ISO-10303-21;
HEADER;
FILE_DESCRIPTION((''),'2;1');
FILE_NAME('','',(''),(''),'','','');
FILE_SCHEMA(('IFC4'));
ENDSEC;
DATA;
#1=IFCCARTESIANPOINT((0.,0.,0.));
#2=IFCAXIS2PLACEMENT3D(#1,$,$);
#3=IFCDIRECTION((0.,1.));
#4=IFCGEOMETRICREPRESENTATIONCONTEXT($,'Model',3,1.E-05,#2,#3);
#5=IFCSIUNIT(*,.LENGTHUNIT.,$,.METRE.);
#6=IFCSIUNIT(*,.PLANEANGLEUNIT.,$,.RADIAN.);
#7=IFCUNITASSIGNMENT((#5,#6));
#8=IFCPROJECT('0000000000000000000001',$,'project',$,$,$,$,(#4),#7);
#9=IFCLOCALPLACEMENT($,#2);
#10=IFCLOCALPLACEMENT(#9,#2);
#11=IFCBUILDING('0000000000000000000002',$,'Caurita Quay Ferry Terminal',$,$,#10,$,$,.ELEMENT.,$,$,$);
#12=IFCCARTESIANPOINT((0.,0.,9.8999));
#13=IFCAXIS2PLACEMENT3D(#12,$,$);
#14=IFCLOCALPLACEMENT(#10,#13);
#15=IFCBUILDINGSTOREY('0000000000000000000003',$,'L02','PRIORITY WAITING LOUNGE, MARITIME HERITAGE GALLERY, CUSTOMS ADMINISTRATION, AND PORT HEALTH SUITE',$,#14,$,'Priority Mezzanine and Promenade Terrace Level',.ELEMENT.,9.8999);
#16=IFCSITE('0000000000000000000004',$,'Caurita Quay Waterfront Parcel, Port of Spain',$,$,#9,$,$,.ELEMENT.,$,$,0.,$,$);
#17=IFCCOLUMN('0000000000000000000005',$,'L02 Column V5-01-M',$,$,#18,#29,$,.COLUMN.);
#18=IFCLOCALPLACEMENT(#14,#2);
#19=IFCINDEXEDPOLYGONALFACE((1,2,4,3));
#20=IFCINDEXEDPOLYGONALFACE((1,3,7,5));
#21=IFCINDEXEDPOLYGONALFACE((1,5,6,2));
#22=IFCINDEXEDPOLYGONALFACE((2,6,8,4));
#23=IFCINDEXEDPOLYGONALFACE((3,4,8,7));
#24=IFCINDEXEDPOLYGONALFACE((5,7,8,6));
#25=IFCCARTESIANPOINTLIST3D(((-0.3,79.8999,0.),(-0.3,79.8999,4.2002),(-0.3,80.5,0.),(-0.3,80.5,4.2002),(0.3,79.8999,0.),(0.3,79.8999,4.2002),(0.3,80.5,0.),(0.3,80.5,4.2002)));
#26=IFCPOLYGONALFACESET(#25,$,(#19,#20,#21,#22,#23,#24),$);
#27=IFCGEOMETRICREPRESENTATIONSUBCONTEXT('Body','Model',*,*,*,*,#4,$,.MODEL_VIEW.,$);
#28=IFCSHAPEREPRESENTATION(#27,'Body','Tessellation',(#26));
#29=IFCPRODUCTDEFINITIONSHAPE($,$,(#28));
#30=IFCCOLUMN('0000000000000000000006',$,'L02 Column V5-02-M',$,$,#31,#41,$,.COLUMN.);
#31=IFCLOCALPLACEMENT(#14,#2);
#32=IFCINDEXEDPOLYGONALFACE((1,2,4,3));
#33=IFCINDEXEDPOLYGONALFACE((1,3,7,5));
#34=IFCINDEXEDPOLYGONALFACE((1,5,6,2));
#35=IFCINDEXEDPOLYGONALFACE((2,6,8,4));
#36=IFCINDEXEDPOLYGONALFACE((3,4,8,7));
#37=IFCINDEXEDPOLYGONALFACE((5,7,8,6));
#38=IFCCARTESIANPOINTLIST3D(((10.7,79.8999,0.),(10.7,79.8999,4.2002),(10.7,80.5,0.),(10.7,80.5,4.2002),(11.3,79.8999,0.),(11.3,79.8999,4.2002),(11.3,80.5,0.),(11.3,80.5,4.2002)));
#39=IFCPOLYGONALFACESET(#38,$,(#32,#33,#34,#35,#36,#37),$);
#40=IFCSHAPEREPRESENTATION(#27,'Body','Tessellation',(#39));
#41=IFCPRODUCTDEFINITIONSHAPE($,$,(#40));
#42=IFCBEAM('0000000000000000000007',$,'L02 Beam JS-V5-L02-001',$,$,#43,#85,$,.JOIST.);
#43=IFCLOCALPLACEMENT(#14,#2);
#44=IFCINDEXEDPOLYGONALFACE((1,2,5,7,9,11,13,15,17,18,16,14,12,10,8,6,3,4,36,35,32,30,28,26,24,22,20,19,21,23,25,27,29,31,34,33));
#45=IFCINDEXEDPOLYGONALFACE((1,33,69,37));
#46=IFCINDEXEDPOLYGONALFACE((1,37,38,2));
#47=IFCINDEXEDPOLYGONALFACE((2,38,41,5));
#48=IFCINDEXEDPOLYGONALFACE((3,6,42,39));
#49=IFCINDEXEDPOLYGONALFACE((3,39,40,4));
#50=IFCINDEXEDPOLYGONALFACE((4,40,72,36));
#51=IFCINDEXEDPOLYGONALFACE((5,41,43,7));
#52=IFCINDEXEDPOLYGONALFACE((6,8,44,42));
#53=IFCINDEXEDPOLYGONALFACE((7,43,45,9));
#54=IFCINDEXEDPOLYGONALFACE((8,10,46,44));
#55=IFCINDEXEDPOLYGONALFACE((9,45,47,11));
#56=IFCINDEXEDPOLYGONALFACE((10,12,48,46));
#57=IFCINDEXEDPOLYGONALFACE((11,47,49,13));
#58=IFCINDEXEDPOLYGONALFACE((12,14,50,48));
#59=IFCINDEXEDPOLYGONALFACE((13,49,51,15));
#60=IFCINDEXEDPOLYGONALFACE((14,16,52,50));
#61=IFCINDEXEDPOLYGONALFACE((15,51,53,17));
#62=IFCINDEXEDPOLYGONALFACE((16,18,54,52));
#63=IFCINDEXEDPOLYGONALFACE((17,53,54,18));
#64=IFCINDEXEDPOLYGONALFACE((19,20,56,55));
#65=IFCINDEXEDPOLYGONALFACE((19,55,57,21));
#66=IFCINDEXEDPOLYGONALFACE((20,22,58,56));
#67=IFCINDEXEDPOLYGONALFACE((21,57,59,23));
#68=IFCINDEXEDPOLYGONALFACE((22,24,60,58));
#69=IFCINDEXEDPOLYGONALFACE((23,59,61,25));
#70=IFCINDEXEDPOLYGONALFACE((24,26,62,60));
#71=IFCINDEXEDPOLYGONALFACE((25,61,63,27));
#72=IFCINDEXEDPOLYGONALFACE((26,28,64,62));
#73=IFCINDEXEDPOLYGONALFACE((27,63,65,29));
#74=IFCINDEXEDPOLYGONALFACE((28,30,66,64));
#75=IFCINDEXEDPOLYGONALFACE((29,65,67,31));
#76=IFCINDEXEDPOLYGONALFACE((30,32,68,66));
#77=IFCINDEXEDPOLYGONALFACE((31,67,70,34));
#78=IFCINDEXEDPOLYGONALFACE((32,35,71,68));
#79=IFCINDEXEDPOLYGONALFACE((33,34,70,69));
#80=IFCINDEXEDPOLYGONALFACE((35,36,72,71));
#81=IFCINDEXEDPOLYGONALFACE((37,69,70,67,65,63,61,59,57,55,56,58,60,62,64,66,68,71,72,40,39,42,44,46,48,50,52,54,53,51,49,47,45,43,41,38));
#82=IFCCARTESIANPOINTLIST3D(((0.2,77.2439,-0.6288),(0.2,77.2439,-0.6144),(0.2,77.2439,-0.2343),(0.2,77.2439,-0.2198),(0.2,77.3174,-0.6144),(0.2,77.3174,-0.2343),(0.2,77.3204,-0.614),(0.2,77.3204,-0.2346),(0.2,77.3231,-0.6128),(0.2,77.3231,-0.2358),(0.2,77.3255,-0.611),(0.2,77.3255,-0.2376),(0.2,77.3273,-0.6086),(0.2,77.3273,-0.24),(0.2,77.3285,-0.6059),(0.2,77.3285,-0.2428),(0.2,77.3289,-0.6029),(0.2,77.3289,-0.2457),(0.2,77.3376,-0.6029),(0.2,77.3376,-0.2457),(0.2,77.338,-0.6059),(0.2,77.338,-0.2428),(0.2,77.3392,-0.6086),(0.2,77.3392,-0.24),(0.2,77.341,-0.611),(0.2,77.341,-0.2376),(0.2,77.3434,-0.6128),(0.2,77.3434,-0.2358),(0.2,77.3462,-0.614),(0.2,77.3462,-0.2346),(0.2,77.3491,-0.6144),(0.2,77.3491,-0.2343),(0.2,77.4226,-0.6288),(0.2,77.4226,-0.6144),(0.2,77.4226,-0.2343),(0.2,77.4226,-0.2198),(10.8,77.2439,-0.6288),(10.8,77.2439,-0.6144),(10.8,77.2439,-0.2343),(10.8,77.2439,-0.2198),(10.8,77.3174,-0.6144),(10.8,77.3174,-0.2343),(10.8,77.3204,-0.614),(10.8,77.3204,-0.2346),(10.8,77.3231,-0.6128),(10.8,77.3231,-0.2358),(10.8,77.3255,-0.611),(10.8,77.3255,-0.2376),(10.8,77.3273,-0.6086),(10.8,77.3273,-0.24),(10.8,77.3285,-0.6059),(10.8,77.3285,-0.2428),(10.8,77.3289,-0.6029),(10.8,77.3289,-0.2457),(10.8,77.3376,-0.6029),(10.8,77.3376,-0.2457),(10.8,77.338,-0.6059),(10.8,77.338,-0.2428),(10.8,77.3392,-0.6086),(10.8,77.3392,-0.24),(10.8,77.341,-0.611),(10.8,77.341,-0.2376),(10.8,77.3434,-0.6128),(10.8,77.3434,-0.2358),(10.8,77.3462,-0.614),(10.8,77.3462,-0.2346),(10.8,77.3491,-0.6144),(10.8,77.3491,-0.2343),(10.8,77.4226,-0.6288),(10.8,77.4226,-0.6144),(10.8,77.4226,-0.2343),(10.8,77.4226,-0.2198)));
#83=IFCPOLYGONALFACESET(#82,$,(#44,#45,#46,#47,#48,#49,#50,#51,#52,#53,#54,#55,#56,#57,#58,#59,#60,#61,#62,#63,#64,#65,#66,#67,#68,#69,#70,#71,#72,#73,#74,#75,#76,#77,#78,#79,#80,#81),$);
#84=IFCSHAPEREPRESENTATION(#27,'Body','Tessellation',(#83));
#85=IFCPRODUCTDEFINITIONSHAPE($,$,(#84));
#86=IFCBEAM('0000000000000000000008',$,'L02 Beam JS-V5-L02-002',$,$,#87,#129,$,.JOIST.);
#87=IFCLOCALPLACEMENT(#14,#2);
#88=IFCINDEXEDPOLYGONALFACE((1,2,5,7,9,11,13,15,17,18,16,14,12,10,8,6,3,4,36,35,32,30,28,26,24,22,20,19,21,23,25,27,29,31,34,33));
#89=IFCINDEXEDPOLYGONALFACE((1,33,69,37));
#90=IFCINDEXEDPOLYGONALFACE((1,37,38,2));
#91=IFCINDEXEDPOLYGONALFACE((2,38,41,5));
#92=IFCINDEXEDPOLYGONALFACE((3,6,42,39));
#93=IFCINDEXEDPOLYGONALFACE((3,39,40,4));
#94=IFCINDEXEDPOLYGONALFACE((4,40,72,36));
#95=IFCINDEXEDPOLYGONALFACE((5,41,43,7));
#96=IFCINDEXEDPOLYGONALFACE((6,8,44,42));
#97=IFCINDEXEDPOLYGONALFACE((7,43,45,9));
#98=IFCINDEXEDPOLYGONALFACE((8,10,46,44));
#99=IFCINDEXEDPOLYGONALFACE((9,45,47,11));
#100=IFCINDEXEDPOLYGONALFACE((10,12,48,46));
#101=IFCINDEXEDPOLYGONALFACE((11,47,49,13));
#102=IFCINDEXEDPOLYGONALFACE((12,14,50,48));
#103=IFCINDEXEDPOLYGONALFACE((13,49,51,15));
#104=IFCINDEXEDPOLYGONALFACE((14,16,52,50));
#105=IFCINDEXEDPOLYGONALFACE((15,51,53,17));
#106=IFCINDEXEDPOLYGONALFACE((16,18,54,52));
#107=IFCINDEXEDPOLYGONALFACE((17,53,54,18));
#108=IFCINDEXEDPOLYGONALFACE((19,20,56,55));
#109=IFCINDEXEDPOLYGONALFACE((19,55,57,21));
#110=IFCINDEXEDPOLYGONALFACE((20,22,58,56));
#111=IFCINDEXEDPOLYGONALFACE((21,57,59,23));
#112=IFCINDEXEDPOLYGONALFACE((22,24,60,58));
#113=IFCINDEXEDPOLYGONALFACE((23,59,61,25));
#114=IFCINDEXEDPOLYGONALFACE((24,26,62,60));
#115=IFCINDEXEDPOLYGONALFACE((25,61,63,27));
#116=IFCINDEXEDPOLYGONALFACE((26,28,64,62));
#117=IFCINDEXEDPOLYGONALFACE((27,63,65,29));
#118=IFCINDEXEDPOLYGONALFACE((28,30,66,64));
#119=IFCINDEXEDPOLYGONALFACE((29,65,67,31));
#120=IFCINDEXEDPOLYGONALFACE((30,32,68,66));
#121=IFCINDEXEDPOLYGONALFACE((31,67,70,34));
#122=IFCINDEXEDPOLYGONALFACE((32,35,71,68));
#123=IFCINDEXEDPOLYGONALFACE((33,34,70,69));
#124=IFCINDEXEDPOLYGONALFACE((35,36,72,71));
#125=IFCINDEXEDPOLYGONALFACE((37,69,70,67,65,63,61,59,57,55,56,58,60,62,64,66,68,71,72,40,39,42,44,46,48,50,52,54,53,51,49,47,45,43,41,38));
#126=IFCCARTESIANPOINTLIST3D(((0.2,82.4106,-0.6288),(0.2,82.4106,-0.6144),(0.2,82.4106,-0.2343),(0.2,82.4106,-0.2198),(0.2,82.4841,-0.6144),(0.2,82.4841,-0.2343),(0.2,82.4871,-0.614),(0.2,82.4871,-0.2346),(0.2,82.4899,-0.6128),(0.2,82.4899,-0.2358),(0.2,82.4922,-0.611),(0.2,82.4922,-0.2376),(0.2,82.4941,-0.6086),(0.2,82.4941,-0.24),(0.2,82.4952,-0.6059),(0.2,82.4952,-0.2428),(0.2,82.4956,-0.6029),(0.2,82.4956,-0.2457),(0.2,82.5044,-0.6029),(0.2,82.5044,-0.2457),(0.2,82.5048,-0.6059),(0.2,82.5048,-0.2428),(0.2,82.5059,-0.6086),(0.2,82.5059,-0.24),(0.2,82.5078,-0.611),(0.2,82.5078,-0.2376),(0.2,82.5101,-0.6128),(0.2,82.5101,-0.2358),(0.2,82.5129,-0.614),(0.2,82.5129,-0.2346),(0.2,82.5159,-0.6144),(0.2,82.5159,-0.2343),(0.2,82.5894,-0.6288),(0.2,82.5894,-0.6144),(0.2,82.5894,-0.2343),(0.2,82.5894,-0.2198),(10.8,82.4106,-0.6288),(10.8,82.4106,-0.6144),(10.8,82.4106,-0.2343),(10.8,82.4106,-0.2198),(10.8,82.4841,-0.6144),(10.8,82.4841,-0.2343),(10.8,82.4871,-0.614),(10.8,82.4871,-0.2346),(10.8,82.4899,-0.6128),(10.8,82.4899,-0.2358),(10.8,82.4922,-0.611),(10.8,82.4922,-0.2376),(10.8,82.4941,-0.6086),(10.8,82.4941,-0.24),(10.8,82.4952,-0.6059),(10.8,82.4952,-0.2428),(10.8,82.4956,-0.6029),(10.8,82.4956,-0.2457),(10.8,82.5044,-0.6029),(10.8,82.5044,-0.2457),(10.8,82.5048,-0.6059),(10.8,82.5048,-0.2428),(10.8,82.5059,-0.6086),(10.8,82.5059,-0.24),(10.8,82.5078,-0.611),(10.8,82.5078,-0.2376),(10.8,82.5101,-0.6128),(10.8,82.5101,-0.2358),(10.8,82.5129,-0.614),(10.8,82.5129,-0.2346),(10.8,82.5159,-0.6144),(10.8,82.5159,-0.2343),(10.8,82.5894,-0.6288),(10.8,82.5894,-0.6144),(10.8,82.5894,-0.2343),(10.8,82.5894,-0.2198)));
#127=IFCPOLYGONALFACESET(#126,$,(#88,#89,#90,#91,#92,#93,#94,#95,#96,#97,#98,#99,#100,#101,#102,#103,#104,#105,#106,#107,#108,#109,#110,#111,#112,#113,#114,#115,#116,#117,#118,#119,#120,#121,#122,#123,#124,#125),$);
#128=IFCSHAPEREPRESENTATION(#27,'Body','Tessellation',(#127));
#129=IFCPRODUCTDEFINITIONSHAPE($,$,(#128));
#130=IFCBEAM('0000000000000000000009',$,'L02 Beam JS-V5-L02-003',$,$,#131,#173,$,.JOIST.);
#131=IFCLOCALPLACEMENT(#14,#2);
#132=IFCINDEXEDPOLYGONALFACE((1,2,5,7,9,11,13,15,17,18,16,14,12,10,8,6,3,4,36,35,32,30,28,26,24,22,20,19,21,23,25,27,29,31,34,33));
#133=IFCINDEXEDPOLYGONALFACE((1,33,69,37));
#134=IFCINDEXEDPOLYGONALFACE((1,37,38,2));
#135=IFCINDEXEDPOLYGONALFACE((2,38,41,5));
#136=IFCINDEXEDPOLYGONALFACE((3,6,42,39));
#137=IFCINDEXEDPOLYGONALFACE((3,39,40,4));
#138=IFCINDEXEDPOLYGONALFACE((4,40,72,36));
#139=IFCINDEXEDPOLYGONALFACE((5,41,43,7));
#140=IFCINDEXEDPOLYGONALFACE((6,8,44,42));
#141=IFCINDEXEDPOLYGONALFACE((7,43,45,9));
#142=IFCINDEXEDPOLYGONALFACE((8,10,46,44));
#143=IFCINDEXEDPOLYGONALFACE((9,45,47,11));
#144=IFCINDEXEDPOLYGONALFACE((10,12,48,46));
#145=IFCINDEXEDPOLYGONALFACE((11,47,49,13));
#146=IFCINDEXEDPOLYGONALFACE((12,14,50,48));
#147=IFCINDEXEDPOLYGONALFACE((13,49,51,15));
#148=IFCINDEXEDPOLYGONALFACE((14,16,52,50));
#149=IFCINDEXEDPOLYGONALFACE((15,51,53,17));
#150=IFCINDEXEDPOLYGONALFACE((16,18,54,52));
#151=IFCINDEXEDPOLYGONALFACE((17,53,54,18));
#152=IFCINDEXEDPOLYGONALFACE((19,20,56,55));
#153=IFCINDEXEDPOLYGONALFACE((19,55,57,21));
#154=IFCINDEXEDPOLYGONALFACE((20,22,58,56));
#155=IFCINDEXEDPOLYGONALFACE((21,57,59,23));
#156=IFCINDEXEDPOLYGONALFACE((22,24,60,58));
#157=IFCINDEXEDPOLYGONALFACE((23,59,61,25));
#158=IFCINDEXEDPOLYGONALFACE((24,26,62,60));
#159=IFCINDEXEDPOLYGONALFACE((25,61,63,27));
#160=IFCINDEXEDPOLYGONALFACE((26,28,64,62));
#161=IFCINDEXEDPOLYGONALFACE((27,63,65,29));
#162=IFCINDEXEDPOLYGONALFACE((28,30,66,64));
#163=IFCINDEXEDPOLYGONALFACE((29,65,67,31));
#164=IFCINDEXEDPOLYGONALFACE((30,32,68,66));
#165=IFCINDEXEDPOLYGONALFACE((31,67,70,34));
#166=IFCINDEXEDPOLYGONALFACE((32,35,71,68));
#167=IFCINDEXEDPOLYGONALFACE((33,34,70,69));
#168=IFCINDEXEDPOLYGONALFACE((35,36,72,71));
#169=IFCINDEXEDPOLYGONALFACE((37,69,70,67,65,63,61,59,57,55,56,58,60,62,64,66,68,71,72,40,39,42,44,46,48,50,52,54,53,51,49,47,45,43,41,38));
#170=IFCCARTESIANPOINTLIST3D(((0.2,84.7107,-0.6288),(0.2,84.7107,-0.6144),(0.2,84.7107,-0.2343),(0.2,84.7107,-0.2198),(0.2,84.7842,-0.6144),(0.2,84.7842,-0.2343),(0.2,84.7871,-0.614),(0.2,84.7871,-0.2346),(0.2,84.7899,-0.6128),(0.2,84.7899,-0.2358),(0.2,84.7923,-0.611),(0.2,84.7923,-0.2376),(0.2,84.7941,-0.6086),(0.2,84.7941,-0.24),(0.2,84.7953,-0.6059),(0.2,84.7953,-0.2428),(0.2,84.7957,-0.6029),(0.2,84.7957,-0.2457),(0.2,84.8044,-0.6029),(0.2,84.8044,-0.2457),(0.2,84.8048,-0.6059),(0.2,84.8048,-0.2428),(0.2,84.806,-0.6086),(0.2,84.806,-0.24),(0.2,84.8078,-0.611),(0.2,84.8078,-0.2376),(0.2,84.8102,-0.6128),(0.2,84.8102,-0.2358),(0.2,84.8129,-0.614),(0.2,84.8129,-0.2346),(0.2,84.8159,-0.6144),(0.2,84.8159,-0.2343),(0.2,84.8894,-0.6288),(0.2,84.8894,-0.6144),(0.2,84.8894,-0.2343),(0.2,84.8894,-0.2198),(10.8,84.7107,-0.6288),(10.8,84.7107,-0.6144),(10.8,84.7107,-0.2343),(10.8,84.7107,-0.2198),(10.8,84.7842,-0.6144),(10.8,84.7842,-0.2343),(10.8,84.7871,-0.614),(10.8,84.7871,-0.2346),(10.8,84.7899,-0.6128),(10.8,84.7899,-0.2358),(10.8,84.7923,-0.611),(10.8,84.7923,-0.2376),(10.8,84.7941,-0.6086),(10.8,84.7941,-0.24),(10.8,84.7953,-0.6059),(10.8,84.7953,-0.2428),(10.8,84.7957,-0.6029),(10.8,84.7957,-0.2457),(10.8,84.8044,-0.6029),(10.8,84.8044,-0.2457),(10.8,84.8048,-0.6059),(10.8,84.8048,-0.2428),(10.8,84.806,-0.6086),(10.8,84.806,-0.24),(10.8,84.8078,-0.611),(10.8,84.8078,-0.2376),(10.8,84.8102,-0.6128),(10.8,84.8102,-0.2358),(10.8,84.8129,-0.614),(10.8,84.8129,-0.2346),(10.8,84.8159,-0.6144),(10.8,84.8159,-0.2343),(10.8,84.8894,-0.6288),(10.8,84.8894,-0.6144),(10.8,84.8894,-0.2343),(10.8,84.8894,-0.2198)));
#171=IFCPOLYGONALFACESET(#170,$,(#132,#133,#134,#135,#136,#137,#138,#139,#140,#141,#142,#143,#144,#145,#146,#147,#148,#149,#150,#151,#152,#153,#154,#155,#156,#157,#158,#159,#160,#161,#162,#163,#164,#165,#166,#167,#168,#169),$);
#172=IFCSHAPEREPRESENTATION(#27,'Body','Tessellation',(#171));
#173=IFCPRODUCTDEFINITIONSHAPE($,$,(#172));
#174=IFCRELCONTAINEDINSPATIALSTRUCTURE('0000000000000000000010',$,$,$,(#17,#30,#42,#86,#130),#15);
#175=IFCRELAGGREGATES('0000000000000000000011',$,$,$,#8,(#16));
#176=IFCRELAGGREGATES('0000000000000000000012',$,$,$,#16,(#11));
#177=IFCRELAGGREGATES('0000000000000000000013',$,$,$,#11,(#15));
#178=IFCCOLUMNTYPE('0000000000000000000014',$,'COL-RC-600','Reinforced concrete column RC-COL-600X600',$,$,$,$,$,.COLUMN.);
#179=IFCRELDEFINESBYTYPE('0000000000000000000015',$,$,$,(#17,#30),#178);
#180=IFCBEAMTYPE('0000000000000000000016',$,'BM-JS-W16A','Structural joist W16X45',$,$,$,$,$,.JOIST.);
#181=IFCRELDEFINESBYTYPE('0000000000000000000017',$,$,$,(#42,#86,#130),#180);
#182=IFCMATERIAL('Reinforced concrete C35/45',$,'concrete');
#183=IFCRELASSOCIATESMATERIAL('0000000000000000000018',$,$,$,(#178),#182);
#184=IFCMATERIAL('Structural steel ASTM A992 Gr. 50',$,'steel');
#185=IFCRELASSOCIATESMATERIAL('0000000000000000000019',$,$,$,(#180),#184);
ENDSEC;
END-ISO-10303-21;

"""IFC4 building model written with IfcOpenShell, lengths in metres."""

from ifc_helpers import new_model, si_unit, direction, frame, origin, origin_2d, place, context, subcontext, project, spatial, rectangle, i_section, extrude, material, material_profile, profile_set, type_object, element, save


model = new_model("IFC4")

# Units and contexts
model_context = context("Model", 3, precision=1e-05, world=origin(), true_north=direction((0.0, 1.0)))
body_context = subcontext(model_context, "Body", "Model", "MODEL_VIEW")
ifc_project = project(units=[si_unit("LENGTHUNIT", "METRE"), si_unit("PLANEANGLEUNIT", "RADIAN")], contexts=[model_context])

# Site, building, storey
site_placement = place(None, origin())
site = spatial("IfcSite", under=ifc_project, at=site_placement, Name="Caurita Quay Waterfront Parcel, Port of Spain", CompositionType="ELEMENT", RefElevation=0.0)
building_placement = place(site_placement, origin())
building = spatial("IfcBuilding", under=site, at=building_placement, Name="Caurita Quay Ferry Terminal", CompositionType="ELEMENT")
storey_placement = place(building_placement, frame((0.0, 0.0, 9.8999)))
storey = spatial("IfcBuildingStorey", under=building, at=storey_placement, Name="L02", Description="PRIORITY WAITING LOUNGE, MARITIME HERITAGE GALLERY, CUSTOMS ADMINISTRATION, AND PORT HEALTH SUITE", LongName="Priority Mezzanine and Promenade Terrace Level", CompositionType="ELEMENT", Elevation=9.8999)

# Columns
ifc_material_1 = material(Name="Reinforced concrete C35/45", Category="concrete")
ifc_material_profile_1 = material_profile(ifc_material_1, rectangle(XDim=0.6001, YDim=0.6001, at=origin_2d()), Name="RC-COL-600X600")
ifc_profile_set_1 = profile_set([ifc_material_profile_1], Name="Reinforced concrete C35/45")
column_type = type_object("IfcColumnType", Name="COL-RC-600", Description="Reinforced concrete column RC-COL-600X600", PredefinedType="COLUMN", material=ifc_profile_set_1)
for number, where, z_axis, x_axis, name in (
    (1, (0.0, 80.2, 0.0), (0.0, 0.0, 1.0), (1.0, 0.0, 0.0), "L02 Column V5-01-M"),
    (2, (11.0, 80.2, 0.0), (0.0, 0.0, 1.0), (1.0, 0.0, 0.0), "L02 Column V5-02-M"),
):
    element("IfcColumn", number, at=place(storey_placement, frame(where, z_axis=z_axis, x_axis=x_axis)), inside=storey, type_object=column_type, Name=name, PredefinedType="COLUMN", context=body_context, shape_type="SweptSolid", body=[
        extrude(rectangle(XDim=0.6001, YDim=0.6001, at=origin_2d()), origin(), (0.0, 0.0, 1.0), 4.2002),
    ])

# Beams
ifc_material_2 = material(Name="Structural steel ASTM A992 Gr. 50", Category="steel")
ifc_material_profile_2 = material_profile(ifc_material_2, i_section(OverallWidth=0.1787, OverallDepth=0.4089, WebThickness=0.0088, FlangeThickness=0.0144, FilletRadius=0.0115, at=origin_2d()), Name="W16X45")
ifc_profile_set_2 = profile_set([ifc_material_profile_2], Name="Structural steel ASTM A992 Gr. 50")
beam_type_1 = type_object("IfcBeamType", Name="BM-JS-W16A", Description="Structural joist W16X45", PredefinedType="JOIST", material=ifc_profile_set_2)
for number, where, z_axis, x_axis, name in (
    (3, (0.2, 77.3333, -0.4243), (1.0, 0.0, 0.0), (0.0, 1.0, 0.0), "L02 Beam JS-V5-L02-001"),
    (4, (0.2, 82.5, -0.4243), (1.0, 0.0, 0.0), (0.0, 1.0, 0.0), "L02 Beam JS-V5-L02-002"),
    (5, (0.2, 84.8, -0.4243), (1.0, 0.0, 0.0), (0.0, 1.0, 0.0), "L02 Beam JS-V5-L02-003"),
):
    element("IfcBeam", number, at=place(storey_placement, frame(where, z_axis=z_axis, x_axis=x_axis)), inside=storey, type_object=beam_type_1, Name=name, PredefinedType="JOIST", context=body_context, shape_type="SweptSolid", body=[
        extrude(i_section(OverallWidth=0.1787, OverallDepth=0.4089, WebThickness=0.0088, FlangeThickness=0.0144, FilletRadius=0.0115, at=origin_2d()), origin(), (0.0, 0.0, 1.0), 10.6001),
    ])

save(model, "model.ifc")
